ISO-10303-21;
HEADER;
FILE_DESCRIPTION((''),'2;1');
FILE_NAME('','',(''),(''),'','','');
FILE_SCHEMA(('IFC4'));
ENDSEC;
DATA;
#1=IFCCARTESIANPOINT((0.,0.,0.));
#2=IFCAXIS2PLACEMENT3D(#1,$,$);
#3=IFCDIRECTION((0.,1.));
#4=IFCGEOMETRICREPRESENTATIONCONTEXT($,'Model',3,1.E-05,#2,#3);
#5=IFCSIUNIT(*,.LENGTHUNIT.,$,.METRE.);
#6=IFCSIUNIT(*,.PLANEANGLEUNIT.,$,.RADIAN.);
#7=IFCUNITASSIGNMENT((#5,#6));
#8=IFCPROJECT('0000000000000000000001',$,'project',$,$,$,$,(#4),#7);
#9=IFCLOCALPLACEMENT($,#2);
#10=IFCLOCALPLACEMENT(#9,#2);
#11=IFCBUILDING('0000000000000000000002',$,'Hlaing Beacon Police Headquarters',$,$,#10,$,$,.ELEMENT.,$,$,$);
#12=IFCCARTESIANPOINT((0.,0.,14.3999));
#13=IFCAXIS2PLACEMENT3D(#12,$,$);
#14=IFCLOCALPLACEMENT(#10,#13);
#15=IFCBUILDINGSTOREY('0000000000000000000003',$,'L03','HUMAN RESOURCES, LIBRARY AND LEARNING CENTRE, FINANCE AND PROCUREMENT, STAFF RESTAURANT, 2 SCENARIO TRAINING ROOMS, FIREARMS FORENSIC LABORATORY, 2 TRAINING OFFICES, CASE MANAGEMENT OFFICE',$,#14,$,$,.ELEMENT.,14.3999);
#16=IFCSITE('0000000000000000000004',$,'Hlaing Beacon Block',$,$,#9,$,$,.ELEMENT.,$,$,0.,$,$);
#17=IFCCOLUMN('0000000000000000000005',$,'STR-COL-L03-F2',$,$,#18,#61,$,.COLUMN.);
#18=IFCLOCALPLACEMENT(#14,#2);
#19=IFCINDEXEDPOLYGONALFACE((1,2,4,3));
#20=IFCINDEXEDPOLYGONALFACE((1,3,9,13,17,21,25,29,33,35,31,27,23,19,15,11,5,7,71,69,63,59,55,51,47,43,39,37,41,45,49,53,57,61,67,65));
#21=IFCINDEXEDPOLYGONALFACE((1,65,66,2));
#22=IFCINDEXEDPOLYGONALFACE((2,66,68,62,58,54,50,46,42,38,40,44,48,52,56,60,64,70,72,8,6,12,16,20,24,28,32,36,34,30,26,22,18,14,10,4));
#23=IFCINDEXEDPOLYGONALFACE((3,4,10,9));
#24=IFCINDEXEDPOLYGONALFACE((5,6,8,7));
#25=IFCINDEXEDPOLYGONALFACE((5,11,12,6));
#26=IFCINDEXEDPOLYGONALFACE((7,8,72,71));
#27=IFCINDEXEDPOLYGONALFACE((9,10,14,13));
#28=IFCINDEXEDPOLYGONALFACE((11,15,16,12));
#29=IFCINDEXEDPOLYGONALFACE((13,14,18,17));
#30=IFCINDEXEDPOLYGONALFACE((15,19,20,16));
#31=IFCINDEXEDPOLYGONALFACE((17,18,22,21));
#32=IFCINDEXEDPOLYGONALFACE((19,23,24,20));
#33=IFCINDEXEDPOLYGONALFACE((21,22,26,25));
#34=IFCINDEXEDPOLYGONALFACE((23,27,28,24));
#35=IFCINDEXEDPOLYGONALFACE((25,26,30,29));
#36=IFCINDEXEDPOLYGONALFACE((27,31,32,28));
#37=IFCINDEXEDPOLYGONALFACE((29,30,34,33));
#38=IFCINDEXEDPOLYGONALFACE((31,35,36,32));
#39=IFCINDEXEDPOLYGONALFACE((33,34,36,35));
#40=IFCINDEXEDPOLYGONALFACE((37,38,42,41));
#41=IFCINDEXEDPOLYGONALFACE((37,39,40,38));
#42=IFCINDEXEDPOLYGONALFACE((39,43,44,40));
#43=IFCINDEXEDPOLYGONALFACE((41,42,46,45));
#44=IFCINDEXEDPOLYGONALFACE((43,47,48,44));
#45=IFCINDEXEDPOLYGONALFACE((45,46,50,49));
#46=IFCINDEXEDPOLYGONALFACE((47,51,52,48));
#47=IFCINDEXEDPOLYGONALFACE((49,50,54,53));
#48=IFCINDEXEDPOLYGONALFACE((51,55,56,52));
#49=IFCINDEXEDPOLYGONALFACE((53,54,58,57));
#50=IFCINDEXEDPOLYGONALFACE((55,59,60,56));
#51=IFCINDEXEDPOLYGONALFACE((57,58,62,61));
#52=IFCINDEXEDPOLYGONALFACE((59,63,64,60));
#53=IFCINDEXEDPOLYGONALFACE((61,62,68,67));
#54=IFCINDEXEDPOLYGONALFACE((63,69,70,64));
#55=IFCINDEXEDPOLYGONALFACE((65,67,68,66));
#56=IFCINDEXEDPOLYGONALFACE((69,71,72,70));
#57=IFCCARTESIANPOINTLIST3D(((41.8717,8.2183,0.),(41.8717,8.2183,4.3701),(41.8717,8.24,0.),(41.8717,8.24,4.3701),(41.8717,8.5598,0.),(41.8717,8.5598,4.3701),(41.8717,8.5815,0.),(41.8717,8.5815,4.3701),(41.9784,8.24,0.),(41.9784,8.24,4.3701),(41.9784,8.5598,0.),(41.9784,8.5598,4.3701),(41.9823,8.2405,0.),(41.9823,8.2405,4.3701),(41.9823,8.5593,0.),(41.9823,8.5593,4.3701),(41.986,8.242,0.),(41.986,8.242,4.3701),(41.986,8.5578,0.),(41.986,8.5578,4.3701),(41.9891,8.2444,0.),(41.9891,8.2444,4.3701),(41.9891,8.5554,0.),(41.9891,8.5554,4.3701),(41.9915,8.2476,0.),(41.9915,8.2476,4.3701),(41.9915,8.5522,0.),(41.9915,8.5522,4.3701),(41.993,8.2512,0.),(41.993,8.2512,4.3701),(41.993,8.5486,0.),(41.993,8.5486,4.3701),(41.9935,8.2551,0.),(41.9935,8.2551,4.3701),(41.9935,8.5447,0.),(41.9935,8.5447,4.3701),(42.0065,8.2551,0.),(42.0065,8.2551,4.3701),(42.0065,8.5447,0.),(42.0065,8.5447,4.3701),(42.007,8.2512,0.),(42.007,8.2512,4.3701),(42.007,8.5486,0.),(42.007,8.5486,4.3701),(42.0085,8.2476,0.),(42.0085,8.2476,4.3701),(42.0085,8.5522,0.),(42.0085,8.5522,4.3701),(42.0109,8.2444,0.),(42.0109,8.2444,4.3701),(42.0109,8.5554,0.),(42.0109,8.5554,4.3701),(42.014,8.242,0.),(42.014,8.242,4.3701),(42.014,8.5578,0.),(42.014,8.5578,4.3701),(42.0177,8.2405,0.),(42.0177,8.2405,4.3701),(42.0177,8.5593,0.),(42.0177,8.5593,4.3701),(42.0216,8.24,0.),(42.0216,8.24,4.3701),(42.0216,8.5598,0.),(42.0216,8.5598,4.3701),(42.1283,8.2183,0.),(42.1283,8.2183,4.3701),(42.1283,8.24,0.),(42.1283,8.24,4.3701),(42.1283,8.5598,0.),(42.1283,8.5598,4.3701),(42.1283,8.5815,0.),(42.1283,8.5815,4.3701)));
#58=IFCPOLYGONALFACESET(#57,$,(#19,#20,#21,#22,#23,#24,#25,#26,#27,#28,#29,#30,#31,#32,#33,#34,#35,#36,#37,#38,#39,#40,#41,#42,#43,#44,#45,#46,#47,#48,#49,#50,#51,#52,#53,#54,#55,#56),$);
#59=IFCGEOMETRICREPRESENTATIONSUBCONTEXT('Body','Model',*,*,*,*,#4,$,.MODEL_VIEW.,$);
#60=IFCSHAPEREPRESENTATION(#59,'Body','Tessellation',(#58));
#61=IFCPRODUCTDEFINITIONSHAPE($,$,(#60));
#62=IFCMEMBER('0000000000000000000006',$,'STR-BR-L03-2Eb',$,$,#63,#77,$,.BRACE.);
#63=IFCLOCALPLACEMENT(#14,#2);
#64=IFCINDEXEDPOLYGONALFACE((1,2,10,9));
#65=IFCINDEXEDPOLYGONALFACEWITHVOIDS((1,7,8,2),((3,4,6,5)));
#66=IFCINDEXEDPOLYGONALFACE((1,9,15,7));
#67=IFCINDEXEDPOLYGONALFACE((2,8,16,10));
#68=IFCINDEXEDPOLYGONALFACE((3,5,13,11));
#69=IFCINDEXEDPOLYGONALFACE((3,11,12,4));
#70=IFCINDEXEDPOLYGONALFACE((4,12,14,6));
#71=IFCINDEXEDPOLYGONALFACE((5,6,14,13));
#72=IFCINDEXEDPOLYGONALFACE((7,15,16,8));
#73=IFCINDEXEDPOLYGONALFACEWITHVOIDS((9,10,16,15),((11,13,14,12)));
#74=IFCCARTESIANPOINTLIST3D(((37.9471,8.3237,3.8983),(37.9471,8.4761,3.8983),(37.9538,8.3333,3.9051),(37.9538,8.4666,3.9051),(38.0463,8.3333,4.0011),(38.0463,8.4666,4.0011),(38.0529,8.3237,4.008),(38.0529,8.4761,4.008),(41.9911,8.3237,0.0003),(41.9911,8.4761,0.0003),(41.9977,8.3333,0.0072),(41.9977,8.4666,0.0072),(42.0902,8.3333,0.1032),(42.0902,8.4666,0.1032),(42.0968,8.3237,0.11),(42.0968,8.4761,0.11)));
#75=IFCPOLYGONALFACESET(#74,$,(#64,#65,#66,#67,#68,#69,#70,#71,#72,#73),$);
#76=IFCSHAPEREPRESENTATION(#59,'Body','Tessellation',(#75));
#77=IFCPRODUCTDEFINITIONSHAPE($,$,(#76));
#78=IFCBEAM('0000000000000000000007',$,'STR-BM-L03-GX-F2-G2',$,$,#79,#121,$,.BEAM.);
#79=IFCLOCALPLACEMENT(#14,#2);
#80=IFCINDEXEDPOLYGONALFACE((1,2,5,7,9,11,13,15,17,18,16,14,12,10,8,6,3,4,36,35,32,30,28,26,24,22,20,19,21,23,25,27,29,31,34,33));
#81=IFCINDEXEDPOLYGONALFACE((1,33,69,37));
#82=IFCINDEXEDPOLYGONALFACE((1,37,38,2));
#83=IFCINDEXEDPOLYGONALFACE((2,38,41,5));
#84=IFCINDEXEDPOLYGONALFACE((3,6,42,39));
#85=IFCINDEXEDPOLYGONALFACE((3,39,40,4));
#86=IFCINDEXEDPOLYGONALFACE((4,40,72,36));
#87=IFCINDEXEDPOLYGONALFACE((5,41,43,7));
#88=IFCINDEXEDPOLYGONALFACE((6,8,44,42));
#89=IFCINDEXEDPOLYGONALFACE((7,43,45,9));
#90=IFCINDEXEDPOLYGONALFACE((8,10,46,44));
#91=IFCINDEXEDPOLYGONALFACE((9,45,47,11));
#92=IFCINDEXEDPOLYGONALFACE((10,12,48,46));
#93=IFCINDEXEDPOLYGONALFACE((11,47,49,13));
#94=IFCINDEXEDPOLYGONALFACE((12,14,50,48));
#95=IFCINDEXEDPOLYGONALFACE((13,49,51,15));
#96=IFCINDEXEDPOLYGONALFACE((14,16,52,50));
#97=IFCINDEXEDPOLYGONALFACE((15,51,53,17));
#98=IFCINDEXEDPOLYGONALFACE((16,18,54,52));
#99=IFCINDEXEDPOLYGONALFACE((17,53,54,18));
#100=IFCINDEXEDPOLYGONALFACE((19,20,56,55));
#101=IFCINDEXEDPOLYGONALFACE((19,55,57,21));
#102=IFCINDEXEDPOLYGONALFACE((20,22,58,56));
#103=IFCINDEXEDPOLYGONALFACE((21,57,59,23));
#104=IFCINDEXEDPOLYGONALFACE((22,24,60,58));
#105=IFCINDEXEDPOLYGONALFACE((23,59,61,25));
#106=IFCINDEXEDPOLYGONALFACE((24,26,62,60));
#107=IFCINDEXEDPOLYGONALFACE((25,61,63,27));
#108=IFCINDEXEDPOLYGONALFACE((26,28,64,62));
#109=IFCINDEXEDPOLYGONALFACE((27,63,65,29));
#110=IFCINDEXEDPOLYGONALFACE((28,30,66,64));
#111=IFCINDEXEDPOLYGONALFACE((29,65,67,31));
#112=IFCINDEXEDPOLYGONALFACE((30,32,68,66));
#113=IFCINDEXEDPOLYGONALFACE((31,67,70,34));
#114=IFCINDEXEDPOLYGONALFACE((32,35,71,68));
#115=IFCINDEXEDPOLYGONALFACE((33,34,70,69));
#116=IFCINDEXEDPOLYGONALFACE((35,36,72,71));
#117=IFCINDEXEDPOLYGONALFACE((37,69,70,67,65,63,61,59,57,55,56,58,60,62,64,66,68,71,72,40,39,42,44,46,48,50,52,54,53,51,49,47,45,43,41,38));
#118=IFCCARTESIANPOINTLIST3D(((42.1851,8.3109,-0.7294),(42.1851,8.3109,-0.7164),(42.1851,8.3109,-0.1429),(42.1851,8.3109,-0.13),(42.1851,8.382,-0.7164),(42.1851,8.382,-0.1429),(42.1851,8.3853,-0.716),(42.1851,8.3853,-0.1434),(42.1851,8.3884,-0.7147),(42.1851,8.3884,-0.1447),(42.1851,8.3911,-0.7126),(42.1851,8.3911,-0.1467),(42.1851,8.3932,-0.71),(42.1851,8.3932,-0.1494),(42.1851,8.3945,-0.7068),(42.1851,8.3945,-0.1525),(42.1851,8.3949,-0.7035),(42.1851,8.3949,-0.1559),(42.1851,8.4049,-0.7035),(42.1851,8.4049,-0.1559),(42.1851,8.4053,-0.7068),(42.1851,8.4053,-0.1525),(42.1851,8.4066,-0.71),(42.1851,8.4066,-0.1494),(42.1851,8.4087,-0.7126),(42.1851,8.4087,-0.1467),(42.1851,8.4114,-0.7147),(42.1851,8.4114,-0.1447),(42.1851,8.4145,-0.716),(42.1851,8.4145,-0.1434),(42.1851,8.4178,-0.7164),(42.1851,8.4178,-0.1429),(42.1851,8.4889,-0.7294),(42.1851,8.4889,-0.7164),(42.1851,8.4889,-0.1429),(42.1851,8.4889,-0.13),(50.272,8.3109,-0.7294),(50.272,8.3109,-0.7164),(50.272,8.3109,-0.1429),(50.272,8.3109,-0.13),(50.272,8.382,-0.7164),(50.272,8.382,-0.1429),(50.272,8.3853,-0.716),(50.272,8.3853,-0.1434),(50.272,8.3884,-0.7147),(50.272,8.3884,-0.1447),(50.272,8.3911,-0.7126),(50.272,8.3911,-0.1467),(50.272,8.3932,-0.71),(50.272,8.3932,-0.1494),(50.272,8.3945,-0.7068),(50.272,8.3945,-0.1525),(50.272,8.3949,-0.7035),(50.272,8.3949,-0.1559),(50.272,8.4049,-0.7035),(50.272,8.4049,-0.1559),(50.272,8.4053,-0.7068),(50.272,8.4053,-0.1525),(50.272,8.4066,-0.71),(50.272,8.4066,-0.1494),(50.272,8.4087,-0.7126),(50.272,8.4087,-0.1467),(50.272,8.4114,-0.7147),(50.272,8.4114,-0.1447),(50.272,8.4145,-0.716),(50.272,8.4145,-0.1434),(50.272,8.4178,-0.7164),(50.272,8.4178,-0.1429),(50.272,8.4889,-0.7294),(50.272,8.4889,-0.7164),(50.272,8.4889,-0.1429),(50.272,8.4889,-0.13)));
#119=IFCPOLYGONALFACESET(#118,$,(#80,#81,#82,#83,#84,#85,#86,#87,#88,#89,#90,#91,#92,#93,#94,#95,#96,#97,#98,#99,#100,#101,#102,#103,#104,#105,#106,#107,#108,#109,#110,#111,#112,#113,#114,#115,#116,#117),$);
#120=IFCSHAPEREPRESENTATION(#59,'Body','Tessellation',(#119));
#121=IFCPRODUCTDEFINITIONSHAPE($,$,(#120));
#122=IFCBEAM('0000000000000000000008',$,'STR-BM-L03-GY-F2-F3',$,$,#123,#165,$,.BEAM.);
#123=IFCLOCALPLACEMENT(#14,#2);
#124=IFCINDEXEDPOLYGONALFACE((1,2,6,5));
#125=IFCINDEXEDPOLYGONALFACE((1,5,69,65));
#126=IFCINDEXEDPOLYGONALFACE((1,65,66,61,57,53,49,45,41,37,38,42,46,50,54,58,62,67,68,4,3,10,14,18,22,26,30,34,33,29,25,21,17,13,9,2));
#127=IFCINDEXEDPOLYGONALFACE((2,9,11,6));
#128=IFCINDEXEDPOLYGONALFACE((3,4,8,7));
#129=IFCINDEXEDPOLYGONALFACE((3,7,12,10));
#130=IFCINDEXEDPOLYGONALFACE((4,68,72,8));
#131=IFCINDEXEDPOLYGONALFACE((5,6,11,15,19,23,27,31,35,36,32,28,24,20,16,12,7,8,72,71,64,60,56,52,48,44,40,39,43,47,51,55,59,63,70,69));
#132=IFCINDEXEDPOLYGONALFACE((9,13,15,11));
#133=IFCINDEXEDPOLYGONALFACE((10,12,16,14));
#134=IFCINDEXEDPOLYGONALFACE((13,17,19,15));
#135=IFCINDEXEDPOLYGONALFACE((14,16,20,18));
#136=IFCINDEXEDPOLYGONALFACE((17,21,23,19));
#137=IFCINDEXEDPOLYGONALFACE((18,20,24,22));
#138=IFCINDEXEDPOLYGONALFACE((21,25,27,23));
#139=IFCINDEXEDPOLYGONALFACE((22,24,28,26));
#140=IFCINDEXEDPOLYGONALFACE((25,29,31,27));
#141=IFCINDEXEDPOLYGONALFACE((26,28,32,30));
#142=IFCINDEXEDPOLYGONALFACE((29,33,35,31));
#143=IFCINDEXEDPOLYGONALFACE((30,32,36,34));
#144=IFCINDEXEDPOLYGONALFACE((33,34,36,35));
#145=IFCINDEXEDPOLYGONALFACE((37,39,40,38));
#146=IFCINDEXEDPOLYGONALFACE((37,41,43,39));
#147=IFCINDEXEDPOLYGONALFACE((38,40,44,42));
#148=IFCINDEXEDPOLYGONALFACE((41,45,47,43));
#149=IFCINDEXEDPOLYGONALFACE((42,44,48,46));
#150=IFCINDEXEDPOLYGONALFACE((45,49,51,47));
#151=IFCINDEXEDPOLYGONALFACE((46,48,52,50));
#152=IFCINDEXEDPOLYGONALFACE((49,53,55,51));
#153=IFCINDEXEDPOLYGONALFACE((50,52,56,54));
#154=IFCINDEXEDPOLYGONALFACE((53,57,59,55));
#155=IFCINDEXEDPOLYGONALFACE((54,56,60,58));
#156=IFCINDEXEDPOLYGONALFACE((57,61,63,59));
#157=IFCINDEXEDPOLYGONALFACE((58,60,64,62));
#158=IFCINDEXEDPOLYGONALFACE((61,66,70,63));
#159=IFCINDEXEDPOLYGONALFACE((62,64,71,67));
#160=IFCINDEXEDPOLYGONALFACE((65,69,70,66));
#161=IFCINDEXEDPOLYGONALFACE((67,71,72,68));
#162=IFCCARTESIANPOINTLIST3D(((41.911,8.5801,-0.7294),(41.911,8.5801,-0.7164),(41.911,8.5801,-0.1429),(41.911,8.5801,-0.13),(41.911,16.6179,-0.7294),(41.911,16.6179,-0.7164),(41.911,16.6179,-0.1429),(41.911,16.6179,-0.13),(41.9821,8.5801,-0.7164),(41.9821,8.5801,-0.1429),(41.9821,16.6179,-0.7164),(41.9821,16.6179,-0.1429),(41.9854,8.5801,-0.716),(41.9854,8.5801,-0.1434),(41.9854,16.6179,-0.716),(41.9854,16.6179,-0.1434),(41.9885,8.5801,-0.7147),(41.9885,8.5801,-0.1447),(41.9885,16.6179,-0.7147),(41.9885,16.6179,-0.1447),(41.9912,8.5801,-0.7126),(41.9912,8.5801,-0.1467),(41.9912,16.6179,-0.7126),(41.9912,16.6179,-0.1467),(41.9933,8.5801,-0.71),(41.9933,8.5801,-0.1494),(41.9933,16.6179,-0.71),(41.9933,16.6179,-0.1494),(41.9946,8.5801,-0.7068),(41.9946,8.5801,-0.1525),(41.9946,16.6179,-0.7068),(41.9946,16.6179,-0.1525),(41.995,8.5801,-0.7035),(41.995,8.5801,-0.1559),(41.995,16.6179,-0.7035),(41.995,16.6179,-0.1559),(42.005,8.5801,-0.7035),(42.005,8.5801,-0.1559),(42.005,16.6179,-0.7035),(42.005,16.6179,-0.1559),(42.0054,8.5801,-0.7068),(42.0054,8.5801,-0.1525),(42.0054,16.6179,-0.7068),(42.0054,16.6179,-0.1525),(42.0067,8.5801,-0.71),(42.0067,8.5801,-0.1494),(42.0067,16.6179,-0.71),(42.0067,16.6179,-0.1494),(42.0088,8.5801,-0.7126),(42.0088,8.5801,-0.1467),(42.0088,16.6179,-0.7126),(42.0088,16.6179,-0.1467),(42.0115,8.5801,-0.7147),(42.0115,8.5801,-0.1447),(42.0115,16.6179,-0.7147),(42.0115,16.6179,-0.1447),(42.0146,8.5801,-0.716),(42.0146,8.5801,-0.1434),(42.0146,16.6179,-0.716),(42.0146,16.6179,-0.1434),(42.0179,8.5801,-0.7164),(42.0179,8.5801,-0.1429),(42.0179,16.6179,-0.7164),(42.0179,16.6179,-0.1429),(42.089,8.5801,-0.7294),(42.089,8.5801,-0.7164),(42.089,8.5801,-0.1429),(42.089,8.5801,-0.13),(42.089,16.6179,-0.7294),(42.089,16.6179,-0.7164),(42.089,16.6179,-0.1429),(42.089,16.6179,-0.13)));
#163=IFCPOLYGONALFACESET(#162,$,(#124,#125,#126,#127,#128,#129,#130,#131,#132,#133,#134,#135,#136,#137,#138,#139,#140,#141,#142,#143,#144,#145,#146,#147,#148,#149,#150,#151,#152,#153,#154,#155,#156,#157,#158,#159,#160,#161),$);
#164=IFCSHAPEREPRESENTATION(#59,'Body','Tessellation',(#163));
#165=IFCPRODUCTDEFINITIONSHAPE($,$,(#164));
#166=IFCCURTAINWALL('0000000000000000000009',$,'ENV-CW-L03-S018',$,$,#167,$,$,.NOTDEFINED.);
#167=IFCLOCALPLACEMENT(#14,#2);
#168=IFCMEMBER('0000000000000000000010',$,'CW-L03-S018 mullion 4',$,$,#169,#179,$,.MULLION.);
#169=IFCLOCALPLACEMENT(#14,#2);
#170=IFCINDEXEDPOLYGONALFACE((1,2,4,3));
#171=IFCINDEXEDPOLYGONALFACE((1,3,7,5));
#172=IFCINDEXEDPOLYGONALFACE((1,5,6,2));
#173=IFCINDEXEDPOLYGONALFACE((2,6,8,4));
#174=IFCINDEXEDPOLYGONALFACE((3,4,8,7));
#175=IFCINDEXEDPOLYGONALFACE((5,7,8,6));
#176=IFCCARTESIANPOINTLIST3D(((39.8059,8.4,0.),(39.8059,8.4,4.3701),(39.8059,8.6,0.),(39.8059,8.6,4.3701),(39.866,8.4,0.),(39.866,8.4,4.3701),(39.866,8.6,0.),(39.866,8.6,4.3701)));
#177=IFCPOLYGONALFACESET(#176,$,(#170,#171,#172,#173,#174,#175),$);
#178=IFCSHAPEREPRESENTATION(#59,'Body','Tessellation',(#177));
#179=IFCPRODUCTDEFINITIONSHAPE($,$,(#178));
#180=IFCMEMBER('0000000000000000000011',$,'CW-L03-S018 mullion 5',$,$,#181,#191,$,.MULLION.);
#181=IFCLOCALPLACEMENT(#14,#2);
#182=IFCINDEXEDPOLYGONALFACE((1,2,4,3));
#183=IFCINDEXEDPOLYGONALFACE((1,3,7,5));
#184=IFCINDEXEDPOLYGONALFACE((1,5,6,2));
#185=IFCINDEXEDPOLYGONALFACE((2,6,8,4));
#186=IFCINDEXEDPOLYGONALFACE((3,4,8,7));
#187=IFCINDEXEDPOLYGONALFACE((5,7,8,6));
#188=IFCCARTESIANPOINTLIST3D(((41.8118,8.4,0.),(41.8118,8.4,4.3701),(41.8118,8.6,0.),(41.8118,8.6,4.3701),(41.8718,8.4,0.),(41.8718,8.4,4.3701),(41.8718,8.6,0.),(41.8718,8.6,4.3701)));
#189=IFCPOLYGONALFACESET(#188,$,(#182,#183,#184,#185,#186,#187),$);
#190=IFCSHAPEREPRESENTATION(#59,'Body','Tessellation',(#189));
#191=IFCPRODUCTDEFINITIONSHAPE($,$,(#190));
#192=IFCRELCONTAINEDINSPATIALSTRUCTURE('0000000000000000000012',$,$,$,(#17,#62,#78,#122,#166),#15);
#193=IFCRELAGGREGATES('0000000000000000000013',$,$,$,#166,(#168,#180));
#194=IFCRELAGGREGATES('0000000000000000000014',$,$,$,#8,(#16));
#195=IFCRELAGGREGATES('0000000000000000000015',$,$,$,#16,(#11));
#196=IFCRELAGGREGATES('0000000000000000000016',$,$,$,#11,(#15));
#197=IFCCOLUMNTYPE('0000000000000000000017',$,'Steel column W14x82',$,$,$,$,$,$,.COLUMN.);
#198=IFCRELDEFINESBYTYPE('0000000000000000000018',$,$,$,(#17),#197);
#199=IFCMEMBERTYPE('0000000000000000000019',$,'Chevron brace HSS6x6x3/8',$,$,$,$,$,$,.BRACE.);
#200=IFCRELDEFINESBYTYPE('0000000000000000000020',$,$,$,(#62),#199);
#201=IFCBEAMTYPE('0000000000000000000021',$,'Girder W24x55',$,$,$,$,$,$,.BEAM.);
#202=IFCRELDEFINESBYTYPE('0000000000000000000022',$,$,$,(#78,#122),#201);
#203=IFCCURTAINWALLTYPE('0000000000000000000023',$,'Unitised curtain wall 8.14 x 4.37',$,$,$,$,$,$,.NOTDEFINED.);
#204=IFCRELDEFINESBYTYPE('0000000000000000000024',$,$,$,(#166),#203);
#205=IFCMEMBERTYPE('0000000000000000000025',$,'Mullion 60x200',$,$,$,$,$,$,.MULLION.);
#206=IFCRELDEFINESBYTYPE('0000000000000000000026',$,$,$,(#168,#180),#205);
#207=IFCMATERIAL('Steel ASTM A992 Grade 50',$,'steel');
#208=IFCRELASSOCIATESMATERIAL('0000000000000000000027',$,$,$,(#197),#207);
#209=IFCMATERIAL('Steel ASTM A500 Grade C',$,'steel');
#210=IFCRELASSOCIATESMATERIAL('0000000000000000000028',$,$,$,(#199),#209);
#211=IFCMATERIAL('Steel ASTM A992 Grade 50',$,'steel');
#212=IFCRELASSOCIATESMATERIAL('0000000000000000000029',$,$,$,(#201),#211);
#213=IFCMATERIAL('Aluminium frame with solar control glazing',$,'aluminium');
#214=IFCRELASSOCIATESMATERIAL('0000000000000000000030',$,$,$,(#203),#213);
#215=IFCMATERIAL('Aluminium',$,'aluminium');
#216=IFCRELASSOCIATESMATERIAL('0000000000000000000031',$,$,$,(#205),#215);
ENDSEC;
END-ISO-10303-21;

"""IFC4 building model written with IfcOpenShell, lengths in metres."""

from ifc_helpers import new_model, si_unit, direction, frame, origin, origin_2d, place, context, subcontext, project, spatial, rectangle, hollow_rectangle, i_section, extrude, material, material_profile, profile_set, type_object, element, aggregate, save


model = new_model("IFC4")

# Units and contexts
model_context = context("Model", 3, precision=1e-05, world=origin(), true_north=direction((0.0, 1.0)))
body_context = subcontext(model_context, "Body", "Model", "MODEL_VIEW")
ifc_project = project(units=[si_unit("LENGTHUNIT", "METRE"), si_unit("PLANEANGLEUNIT", "RADIAN")], contexts=[model_context])

# Site, building, storey
site_placement = place(None, origin())
site = spatial("IfcSite", under=ifc_project, at=site_placement, Name="Hlaing Beacon Block", CompositionType="ELEMENT", RefElevation=0.0)
building_placement = place(site_placement, origin())
building = spatial("IfcBuilding", under=site, at=building_placement, Name="Hlaing Beacon Police Headquarters", CompositionType="ELEMENT")
storey_placement = place(building_placement, frame((0.0, 0.0, 14.3999)))
storey = spatial("IfcBuildingStorey", under=building, at=storey_placement, Name="L03", Description="HUMAN RESOURCES, LIBRARY AND LEARNING CENTRE, FINANCE AND PROCUREMENT, STAFF RESTAURANT, 2 SCENARIO TRAINING ROOMS, FIREARMS FORENSIC LABORATORY, 2 TRAINING OFFICES, CASE MANAGEMENT OFFICE", CompositionType="ELEMENT", Elevation=14.3999)

# Column
ifc_material_1 = material(Name="Steel ASTM A992 Grade 50", Category="steel")
ifc_material_profile_1 = material_profile(ifc_material_1, i_section(OverallWidth=0.2566, OverallDepth=0.3633, WebThickness=0.0129, FlangeThickness=0.0217, FilletRadius=0.0151, at=origin_2d()), Name="W14x82")
ifc_profile_set_1 = profile_set([ifc_material_profile_1], Name="Steel ASTM A992 Grade 50")
column_type = type_object("IfcColumnType", Name="Steel column W14x82", PredefinedType="COLUMN", material=ifc_profile_set_1)
column_placement = place(storey_placement, frame((42.0, 8.3999, 0.0), z_axis=(0.0, 0.0, 1.0), x_axis=(1.0, 0.0, 0.0)))
element("IfcColumn", 1, at=column_placement, inside=storey, type_object=column_type, Name="STR-COL-L03-F2", PredefinedType="COLUMN", context=body_context, shape_type="SweptSolid", body=[
    extrude(i_section(OverallWidth=0.2566, OverallDepth=0.3633, WebThickness=0.0129, FlangeThickness=0.0217, FilletRadius=0.0151, at=origin_2d()), origin(), (0.0, 0.0, 1.0), 4.3701),
])

# Member
ifc_material_2 = material(Name="Steel ASTM A500 Grade C", Category="steel")
ifc_material_profile_2 = material_profile(ifc_material_2, hollow_rectangle(XDim=0.1523, YDim=0.1523, WallThickness=0.0095, at=origin_2d()), Name="HSS6x6x3/8")
ifc_profile_set_2 = profile_set([ifc_material_profile_2], Name="Steel ASTM A500 Grade C")
member_type_1 = type_object("IfcMemberType", Name="Chevron brace HSS6x6x3/8", PredefinedType="BRACE", material=ifc_profile_set_2)
member_1_placement = place(storey_placement, frame((42.0439, 8.3999, 0.0552), z_axis=(-0.719984, 0.0, 0.693991), x_axis=(0.0, -1.0, 0.0)))
element("IfcMember", 2, at=member_1_placement, inside=storey, type_object=member_type_1, Name="STR-BR-L03-2Eb", PredefinedType="BRACE", context=body_context, shape_type="SweptSolid", body=[
    extrude(hollow_rectangle(XDim=0.1523, YDim=0.1523, WallThickness=0.0095, at=origin_2d()), origin(), (0.0, 0.0, 1.0), 5.6167),
])

# Beams
ifc_material_3 = material(Name="Steel ASTM A992 Grade 50", Category="steel")
ifc_material_profile_3 = material_profile(ifc_material_3, i_section(OverallWidth=0.178, OverallDepth=0.5994, WebThickness=0.01, FlangeThickness=0.0129, FilletRadius=0.0129, at=origin_2d()), Name="W24x55")
ifc_profile_set_3 = profile_set([ifc_material_profile_3], Name="Steel ASTM A992 Grade 50")
beam_type_1 = type_object("IfcBeamType", Name="Girder W24x55", PredefinedType="BEAM", material=ifc_profile_set_3)
beam_1_placement = place(storey_placement, frame((42.1851, 8.3999, -0.4297), z_axis=(1.0, 0.0, 0.0), x_axis=(0.0, 1.0, 0.0)))
element("IfcBeam", 3, at=beam_1_placement, inside=storey, type_object=beam_type_1, Name="STR-BM-L03-GX-F2-G2", PredefinedType="BEAM", context=body_context, shape_type="SweptSolid", body=[
    extrude(i_section(OverallWidth=0.178, OverallDepth=0.5994, WebThickness=0.01, FlangeThickness=0.0129, FilletRadius=0.0129, at=origin_2d()), origin(), (0.0, 0.0, 1.0), 8.0869),
])
beam_2_placement = place(storey_placement, frame((42.0, 8.5801, -0.4297), z_axis=(0.0, 1.0, 0.0), x_axis=(-1.0, 0.0, 0.0)))
element("IfcBeam", 4, at=beam_2_placement, inside=storey, type_object=beam_type_1, Name="STR-BM-L03-GY-F2-F3", PredefinedType="BEAM", context=body_context, shape_type="SweptSolid", body=[
    extrude(i_section(OverallWidth=0.178, OverallDepth=0.5994, WebThickness=0.01, FlangeThickness=0.0129, FilletRadius=0.0129, at=origin_2d()), origin(), (0.0, 0.0, 1.0), 8.0378),
])

# Curtain wall, members
ifc_material_4 = material(Name="Aluminium frame with solar control glazing", Category="aluminium")
curtain_wall_type = type_object("IfcCurtainWallType", Name="Unitised curtain wall 8.14 x 4.37", PredefinedType="NOTDEFINED", material=ifc_material_4)
curtain_wall_1_placement = place(storey_placement, origin())
curtain_wall_1 = element("IfcCurtainWall", 5, at=curtain_wall_1_placement, inside=storey, type_object=curtain_wall_type, Name="ENV-CW-L03-S018", PredefinedType="NOTDEFINED")
ifc_material_5 = material(Name="Aluminium", Category="aluminium")
ifc_material_profile_4 = material_profile(ifc_material_5, rectangle(XDim=0.2, YDim=0.0601, at=origin_2d()), Name="Mullion 60x200")
ifc_profile_set_4 = profile_set([ifc_material_profile_4], Name="Aluminium")
member_type_2 = type_object("IfcMemberType", Name="Mullion 60x200", PredefinedType="MULLION", material=ifc_profile_set_4)
member_2_placement = place(storey_placement, frame((39.8359, 8.5, 0.0), z_axis=(0.0, 0.0, 1.0), x_axis=(0.0, 1.0, 0.0)))
member_2 = element("IfcMember", 6, at=member_2_placement, type_object=member_type_2, Name="CW-L03-S018 mullion 4", PredefinedType="MULLION", context=body_context, shape_type="SweptSolid", body=[
    extrude(rectangle(XDim=0.2, YDim=0.0601, at=origin_2d()), origin(), (0.0, 0.0, 1.0), 4.3701),
])
member_3_placement = place(storey_placement, frame((41.8418, 8.5, 0.0), z_axis=(0.0, 0.0, 1.0), x_axis=(0.0, 1.0, 0.0)))
member_3 = element("IfcMember", 7, at=member_3_placement, type_object=member_type_2, Name="CW-L03-S018 mullion 5", PredefinedType="MULLION", context=body_context, shape_type="SweptSolid", body=[
    extrude(rectangle(XDim=0.2, YDim=0.0601, at=origin_2d()), origin(), (0.0, 0.0, 1.0), 4.3701),
])

aggregate(curtain_wall_1, [member_2, member_3])

save(model, "model.ifc")
